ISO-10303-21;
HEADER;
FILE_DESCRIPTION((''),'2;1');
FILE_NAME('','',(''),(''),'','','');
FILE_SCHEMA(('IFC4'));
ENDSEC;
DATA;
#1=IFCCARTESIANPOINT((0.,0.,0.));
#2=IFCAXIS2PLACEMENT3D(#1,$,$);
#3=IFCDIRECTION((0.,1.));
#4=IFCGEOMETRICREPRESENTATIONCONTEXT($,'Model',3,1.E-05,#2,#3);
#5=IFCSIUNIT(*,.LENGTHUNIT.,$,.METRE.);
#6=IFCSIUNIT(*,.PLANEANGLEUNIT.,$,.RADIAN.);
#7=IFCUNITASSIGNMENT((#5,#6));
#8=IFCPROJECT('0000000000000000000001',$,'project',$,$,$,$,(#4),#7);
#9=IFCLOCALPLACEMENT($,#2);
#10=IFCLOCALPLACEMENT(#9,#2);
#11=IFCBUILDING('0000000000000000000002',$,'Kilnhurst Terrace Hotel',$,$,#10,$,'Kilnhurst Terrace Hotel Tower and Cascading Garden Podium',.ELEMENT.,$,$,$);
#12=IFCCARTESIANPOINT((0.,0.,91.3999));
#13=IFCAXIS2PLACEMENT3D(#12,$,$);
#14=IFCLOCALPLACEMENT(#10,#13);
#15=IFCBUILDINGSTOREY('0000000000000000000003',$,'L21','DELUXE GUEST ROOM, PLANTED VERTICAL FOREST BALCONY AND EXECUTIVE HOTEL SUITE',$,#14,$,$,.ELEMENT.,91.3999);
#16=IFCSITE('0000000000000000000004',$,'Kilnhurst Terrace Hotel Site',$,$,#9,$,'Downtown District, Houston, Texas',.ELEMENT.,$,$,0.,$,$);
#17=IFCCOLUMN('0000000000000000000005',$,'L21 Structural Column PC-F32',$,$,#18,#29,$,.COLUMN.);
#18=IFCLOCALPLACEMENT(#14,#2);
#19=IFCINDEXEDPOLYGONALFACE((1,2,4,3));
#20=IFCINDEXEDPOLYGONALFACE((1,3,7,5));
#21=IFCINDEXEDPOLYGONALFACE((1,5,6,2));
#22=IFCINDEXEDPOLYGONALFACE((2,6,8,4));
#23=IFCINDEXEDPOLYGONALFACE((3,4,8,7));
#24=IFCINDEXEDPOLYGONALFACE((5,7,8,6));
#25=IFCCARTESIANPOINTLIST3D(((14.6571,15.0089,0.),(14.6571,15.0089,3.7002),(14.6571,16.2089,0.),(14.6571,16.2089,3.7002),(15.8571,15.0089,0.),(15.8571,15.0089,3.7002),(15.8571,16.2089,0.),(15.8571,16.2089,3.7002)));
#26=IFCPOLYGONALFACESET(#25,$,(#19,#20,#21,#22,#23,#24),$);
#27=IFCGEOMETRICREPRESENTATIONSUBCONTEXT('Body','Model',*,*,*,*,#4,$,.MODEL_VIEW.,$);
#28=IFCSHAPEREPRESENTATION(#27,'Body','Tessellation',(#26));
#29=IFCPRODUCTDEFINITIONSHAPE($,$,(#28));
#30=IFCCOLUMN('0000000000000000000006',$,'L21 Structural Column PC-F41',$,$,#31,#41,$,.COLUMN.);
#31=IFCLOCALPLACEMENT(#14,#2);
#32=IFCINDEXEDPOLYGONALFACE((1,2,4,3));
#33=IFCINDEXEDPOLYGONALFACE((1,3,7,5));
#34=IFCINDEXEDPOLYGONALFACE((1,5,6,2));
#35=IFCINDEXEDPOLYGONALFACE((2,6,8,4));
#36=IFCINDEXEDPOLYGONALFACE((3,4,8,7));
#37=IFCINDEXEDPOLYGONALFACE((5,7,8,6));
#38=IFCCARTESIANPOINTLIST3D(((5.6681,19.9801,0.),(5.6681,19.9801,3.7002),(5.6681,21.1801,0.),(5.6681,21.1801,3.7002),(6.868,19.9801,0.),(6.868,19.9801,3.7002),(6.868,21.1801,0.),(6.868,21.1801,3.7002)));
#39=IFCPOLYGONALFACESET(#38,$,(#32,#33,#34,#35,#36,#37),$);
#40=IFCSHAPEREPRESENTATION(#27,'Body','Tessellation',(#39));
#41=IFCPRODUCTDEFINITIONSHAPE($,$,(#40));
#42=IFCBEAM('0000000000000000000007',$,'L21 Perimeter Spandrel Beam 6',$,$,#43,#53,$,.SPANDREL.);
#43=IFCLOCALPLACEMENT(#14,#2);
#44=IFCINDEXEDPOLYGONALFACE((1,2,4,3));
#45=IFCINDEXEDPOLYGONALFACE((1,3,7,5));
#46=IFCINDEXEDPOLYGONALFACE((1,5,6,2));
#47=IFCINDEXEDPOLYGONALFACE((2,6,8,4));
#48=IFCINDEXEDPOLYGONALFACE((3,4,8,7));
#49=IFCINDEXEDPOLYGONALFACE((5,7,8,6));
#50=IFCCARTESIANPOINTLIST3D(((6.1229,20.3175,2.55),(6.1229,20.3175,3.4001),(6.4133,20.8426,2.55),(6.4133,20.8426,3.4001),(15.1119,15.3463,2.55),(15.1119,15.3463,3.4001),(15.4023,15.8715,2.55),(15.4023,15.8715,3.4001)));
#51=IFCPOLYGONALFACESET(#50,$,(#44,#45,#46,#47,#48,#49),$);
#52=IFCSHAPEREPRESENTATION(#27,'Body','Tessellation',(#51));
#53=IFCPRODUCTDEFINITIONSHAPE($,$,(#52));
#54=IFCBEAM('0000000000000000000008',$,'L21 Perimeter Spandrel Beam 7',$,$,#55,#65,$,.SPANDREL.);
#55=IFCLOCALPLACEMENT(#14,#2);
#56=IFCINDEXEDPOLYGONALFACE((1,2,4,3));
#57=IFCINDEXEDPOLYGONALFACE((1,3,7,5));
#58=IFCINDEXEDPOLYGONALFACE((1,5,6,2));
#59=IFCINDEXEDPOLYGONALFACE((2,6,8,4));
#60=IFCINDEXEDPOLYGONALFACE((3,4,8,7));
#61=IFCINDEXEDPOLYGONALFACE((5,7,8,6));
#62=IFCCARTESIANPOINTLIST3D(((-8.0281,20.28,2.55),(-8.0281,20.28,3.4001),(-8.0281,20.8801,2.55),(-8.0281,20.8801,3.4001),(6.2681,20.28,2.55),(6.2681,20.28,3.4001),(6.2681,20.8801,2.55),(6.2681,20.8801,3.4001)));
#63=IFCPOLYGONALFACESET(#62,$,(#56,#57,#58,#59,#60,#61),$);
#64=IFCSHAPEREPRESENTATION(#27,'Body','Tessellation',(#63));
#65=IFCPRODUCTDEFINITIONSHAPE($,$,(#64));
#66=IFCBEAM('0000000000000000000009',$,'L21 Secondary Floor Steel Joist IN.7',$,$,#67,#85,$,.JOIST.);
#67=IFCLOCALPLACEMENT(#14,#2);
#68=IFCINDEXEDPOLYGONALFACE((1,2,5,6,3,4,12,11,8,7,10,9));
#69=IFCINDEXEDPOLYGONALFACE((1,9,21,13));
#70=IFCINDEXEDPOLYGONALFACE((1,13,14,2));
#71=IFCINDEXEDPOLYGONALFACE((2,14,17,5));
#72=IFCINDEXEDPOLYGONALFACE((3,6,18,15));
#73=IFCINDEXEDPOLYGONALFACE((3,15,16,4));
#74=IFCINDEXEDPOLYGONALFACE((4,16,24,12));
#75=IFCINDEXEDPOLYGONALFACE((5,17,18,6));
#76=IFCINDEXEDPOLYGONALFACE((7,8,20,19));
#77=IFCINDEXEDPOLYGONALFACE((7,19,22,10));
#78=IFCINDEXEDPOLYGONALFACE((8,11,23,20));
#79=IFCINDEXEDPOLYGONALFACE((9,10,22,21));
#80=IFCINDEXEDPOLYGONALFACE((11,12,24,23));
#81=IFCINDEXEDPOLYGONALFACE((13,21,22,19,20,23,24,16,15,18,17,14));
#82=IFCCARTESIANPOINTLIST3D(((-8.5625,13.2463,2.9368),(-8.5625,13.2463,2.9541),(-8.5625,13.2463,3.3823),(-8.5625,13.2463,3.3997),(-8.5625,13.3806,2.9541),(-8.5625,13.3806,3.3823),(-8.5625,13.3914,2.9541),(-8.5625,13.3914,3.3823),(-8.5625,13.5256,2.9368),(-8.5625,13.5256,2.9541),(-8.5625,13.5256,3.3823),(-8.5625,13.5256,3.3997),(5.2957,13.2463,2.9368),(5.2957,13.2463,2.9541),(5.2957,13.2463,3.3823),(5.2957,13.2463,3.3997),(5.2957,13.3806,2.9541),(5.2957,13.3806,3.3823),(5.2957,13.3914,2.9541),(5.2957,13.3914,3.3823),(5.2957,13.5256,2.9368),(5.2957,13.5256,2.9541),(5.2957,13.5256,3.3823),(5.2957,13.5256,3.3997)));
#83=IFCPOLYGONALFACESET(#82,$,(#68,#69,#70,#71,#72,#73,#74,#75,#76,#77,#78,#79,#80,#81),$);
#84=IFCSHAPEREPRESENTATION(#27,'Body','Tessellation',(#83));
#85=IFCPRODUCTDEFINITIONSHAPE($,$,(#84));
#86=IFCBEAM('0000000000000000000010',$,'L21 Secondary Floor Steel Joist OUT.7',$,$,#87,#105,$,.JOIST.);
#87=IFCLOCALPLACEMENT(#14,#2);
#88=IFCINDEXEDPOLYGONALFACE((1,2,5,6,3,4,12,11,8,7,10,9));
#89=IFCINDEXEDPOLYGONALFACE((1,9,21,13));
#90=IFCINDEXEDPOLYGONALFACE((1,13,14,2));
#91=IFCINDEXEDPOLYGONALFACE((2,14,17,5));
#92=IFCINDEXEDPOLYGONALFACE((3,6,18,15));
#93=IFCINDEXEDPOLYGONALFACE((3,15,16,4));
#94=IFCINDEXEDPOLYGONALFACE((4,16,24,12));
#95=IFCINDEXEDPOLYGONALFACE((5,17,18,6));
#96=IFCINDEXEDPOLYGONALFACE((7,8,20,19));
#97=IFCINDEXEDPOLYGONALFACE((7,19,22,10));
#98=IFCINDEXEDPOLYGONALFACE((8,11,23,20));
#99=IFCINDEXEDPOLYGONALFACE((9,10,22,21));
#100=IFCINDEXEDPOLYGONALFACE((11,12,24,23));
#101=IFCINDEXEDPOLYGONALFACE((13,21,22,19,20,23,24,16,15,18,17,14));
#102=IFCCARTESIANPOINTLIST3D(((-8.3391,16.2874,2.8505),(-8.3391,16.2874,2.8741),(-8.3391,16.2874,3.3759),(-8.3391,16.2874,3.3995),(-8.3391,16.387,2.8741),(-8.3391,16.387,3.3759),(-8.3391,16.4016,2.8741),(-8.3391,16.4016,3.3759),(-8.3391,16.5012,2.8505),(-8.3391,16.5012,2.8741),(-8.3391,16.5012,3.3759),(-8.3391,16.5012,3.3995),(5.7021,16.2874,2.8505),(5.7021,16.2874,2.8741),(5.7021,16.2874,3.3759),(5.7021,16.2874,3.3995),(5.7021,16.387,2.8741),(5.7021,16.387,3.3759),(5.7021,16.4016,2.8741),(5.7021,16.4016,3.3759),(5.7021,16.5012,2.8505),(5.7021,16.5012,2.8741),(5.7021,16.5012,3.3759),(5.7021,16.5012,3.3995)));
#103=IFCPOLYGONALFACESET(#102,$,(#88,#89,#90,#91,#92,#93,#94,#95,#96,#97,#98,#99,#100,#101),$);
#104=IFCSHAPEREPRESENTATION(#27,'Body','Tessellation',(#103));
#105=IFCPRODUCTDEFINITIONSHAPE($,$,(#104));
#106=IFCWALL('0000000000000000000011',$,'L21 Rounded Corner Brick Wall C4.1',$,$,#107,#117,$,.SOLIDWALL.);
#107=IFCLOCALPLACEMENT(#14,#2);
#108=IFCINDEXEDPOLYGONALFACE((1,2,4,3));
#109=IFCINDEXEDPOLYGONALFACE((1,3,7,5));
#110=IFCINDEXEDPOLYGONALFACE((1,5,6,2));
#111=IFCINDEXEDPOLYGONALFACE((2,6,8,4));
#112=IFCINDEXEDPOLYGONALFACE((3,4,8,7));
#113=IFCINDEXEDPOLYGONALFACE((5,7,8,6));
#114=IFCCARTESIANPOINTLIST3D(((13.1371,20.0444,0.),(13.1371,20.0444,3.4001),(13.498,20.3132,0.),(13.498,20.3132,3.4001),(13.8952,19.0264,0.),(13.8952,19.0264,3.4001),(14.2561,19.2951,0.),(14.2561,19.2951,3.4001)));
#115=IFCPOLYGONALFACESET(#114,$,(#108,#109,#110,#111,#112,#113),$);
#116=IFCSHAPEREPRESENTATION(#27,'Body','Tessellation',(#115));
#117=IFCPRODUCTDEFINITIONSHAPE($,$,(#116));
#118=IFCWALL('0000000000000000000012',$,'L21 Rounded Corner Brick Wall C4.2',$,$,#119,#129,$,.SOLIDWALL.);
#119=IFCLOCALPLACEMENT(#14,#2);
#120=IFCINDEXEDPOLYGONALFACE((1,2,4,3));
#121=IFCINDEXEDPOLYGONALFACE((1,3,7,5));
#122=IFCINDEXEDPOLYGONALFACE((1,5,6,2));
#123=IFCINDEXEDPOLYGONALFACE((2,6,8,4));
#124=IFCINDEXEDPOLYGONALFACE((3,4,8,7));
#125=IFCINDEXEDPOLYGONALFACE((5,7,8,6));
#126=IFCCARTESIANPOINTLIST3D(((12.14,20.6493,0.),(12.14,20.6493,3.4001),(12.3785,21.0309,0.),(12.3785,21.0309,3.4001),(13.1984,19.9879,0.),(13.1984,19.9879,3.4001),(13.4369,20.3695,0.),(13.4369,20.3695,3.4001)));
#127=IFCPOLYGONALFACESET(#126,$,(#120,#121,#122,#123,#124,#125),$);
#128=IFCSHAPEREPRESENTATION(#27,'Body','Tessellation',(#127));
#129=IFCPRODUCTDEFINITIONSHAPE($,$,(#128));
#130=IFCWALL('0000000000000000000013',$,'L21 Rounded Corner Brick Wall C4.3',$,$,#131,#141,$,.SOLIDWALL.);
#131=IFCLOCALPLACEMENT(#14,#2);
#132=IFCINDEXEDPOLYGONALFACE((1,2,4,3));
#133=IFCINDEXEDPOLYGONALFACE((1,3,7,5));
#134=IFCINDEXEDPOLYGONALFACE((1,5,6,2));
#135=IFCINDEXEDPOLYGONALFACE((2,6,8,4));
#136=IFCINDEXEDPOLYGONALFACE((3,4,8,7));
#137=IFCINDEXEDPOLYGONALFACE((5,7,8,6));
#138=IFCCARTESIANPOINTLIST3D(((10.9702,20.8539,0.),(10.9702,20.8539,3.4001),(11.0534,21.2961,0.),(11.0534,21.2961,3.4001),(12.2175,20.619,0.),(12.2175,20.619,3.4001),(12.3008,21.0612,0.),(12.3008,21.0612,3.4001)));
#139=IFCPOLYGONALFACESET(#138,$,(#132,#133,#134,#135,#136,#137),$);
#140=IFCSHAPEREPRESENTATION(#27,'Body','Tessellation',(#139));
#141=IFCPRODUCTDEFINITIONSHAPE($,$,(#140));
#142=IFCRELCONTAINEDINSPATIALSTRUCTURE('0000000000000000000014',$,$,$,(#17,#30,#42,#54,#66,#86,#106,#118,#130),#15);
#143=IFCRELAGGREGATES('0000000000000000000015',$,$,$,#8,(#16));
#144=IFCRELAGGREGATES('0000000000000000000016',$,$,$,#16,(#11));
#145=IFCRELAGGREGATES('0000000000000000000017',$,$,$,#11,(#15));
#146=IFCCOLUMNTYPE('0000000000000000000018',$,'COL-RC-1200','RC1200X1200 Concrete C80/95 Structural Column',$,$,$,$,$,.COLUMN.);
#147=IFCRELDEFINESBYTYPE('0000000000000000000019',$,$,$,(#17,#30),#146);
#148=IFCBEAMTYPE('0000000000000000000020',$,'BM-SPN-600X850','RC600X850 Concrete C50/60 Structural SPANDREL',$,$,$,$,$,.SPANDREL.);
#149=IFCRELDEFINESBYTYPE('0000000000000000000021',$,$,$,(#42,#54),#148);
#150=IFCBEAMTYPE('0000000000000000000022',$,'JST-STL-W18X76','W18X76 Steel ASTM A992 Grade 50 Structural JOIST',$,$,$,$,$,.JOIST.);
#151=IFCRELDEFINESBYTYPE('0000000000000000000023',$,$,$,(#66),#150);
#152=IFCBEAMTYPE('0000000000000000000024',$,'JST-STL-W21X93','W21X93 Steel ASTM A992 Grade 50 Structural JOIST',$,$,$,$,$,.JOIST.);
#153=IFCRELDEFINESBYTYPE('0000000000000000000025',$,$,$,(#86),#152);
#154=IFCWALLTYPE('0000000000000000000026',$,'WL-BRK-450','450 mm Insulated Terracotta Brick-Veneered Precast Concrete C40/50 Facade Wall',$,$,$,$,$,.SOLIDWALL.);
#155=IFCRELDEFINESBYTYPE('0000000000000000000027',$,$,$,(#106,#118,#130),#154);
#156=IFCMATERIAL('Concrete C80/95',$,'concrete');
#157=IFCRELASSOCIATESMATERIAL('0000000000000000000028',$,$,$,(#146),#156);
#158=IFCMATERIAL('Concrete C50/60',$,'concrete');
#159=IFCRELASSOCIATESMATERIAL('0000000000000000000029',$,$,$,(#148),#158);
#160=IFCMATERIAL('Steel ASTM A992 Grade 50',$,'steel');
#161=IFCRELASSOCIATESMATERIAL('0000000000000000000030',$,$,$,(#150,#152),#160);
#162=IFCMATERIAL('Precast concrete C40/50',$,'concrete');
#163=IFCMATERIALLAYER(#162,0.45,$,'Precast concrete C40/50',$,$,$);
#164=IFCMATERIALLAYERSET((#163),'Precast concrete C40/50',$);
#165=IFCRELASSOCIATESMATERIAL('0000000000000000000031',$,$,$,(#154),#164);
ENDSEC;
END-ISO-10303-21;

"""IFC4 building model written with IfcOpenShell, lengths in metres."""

from ifc_helpers import new_model, si_unit, direction, frame, frame_2d, origin, origin_2d, place, context, subcontext, project, spatial, rectangle, i_section, extrude, material, layer, layer_set, material_profile, profile_set, type_object, element, save


model = new_model("IFC4")

# Units and contexts
model_context = context("Model", 3, precision=1e-05, world=origin(), true_north=direction((0.0, 1.0)))
body_context = subcontext(model_context, "Body", "Model", "MODEL_VIEW")
ifc_project = project(units=[si_unit("LENGTHUNIT", "METRE"), si_unit("PLANEANGLEUNIT", "RADIAN")], contexts=[model_context])

# Site, building, storey
site_placement = place(None, origin())
site = spatial("IfcSite", under=ifc_project, at=site_placement, Name="Kilnhurst Terrace Hotel Site", LongName="Downtown District, Houston, Texas", CompositionType="ELEMENT", RefElevation=0.0)
building_placement = place(site_placement, origin())
building = spatial("IfcBuilding", under=site, at=building_placement, Name="Kilnhurst Terrace Hotel", LongName="Kilnhurst Terrace Hotel Tower and Cascading Garden Podium", CompositionType="ELEMENT")
storey_placement = place(building_placement, frame((0.0, 0.0, 91.3999)))
storey = spatial("IfcBuildingStorey", under=building, at=storey_placement, Name="L21", Description="DELUXE GUEST ROOM, PLANTED VERTICAL FOREST BALCONY AND EXECUTIVE HOTEL SUITE", CompositionType="ELEMENT", Elevation=91.3999)

# Columns
ifc_material_1 = material(Name="Concrete C80/95", Category="concrete")
ifc_material_profile_1 = material_profile(ifc_material_1, rectangle(XDim=1.2, YDim=1.2, at=origin_2d()), Name="RC1200X1200")
ifc_profile_set_1 = profile_set([ifc_material_profile_1], Name="Concrete C80/95")
column_type = type_object("IfcColumnType", Name="COL-RC-1200", Description="RC1200X1200 Concrete C80/95 Structural Column", PredefinedType="COLUMN", material=ifc_profile_set_1)
for number, where, z_axis, x_axis, name in (
    (1, (15.2571, 15.6089, 0.0), (0.0, 0.0, 1.0), (1.0, 0.0, 0.0), "L21 Structural Column PC-F32"),
    (2, (6.2681, 20.5801, 0.0), (0.0, 0.0, 1.0), (1.0, 0.0, 0.0), "L21 Structural Column PC-F41"),
):
    element("IfcColumn", number, at=place(storey_placement, frame(where, z_axis=z_axis, x_axis=x_axis)), inside=storey, type_object=column_type, Name=name, PredefinedType="COLUMN", context=body_context, shape_type="SweptSolid", body=[
        extrude(rectangle(XDim=1.2, YDim=1.2, at=origin_2d()), origin(), (0.0, 0.0, 1.0), 3.7002),
    ])

# Beams
ifc_material_2 = material(Name="Concrete C50/60", Category="concrete")
ifc_material_profile_2 = material_profile(ifc_material_2, rectangle(XDim=0.6001, YDim=0.8501, at=origin_2d()), Name="RC600X850")
ifc_profile_set_2 = profile_set([ifc_material_profile_2], Name="Concrete C50/60")
beam_type_1 = type_object("IfcBeamType", Name="BM-SPN-600X850", Description="RC600X850 Concrete C50/60 Structural SPANDREL", PredefinedType="SPANDREL", material=ifc_profile_set_2)
beam_1_placement = place(storey_placement, frame((15.2571, 15.6089, 2.9751), z_axis=(-0.875094, 0.483953, 0.0), x_axis=(-0.483953, -0.875094, 0.0)))
element("IfcBeam", 3, at=beam_1_placement, inside=storey, type_object=beam_type_1, Name="L21 Perimeter Spandrel Beam 6", PredefinedType="SPANDREL", context=body_context, shape_type="SweptSolid", body=[
    extrude(rectangle(XDim=0.6001, YDim=0.8501, at=origin_2d()), origin(), (0.0, 0.0, 1.0), 10.272),
])
beam_2_placement = place(storey_placement, frame((6.2681, 20.5801, 2.9751), z_axis=(-1.0, 0.0, 0.0), x_axis=(0.0, -1.0, 0.0)))
element("IfcBeam", 4, at=beam_2_placement, inside=storey, type_object=beam_type_1, Name="L21 Perimeter Spandrel Beam 7", PredefinedType="SPANDREL", context=body_context, shape_type="SweptSolid", body=[
    extrude(rectangle(XDim=0.6001, YDim=0.8501, at=origin_2d()), origin(), (0.0, 0.0, 1.0), 14.2961),
])
ifc_material_3 = material(Name="Steel ASTM A992 Grade 50", Category="steel")
ifc_material_profile_3 = material_profile(ifc_material_3, i_section(OverallWidth=0.2793, OverallDepth=0.4629, WebThickness=0.0107, FlangeThickness=0.0173, at=origin_2d()), Name="W18X76")
ifc_profile_set_3 = profile_set([ifc_material_profile_3], Name="Steel ASTM A992 Grade 50")
beam_type_2 = type_object("IfcBeamType", Name="JST-STL-W18X76", Description="W18X76 Steel ASTM A992 Grade 50 Structural JOIST", PredefinedType="JOIST", material=ifc_profile_set_3)
beam_3_placement = place(storey_placement, frame((5.2957, 13.386, 3.1682), z_axis=(-1.0, 0.0, 0.0), x_axis=(0.0, -1.0, 0.0)))
element("IfcBeam", 5, at=beam_3_placement, inside=storey, type_object=beam_type_2, Name="L21 Secondary Floor Steel Joist IN.7", PredefinedType="JOIST", context=body_context, shape_type="SweptSolid", body=[
    extrude(i_section(OverallWidth=0.2793, OverallDepth=0.4629, WebThickness=0.0107, FlangeThickness=0.0173, at=origin_2d()), origin(), (0.0, 0.0, 1.0), 13.8582),
])
ifc_material_profile_4 = material_profile(ifc_material_3, i_section(OverallWidth=0.2139, OverallDepth=0.5491, WebThickness=0.0146, FlangeThickness=0.0237, at=origin_2d()), Name="W21X93")
ifc_profile_set_4 = profile_set([ifc_material_profile_4], Name="Steel ASTM A992 Grade 50")
beam_type_3 = type_object("IfcBeamType", Name="JST-STL-W21X93", Description="W21X93 Steel ASTM A992 Grade 50 Structural JOIST", PredefinedType="JOIST", material=ifc_profile_set_4)
beam_4_placement = place(storey_placement, frame((5.7021, 16.3943, 3.125), z_axis=(-1.0, 0.0, 0.0), x_axis=(0.0, -1.0, 0.0)))
element("IfcBeam", 6, at=beam_4_placement, inside=storey, type_object=beam_type_3, Name="L21 Secondary Floor Steel Joist OUT.7", PredefinedType="JOIST", context=body_context, shape_type="SweptSolid", body=[
    extrude(i_section(OverallWidth=0.2139, OverallDepth=0.5491, WebThickness=0.0146, FlangeThickness=0.0237, at=origin_2d()), origin(), (0.0, 0.0, 1.0), 14.0413),
])

# Walls
ifc_material_4 = material(Name="Precast concrete C40/50", Category="concrete")
ifc_layer_1 = layer(ifc_material_4, 0.45, Name="Precast concrete C40/50")
ifc_layer_set_1 = layer_set([ifc_layer_1], Name="Precast concrete C40/50")
wall_type_1 = type_object("IfcWallType", Name="WL-BRK-450", Description="450 mm Insulated Terracotta Brick-Veneered Precast Concrete C40/50 Facade Wall", PredefinedType="SOLIDWALL", material=ifc_layer_set_1)
wall_1_placement = place(storey_placement, frame((14.0757, 19.1606, 0.0), z_axis=(0.0, 0.0, 1.0), x_axis=(-0.597227, 0.802073, 0.0)))
element("IfcWall", 7, at=wall_1_placement, inside=storey, type_object=wall_type_1, Name="L21 Rounded Corner Brick Wall C4.1", PredefinedType="SOLIDWALL", context=body_context, shape_type="SweptSolid", body=[
    extrude(rectangle(XDim=1.2693, YDim=0.45, at=frame_2d((0.6348, 0.0))), origin(), (0.0, 0.0, 1.0), 3.4001),
])
wall_2_placement = place(storey_placement, frame((13.3176, 20.1787, 0.0), z_axis=(0.0, 0.0, 1.0), x_axis=(-0.848031, 0.529946, 0.0)))
element("IfcWall", 8, at=wall_2_placement, inside=storey, type_object=wall_type_1, Name="L21 Rounded Corner Brick Wall C4.2", PredefinedType="SOLIDWALL", context=body_context, shape_type="SweptSolid", body=[
    extrude(rectangle(XDim=1.248, YDim=0.45, at=frame_2d((0.624, 0.0))), origin(), (0.0, 0.0, 1.0), 3.4001),
])
wall_3_placement = place(storey_placement, frame((12.2593, 20.8401, 0.0), z_axis=(0.0, 0.0, 1.0), x_axis=(-0.98273, 0.185043, 0.0)))
element("IfcWall", 9, at=wall_3_placement, inside=storey, type_object=wall_type_1, Name="L21 Rounded Corner Brick Wall C4.3", PredefinedType="SOLIDWALL", context=body_context, shape_type="SweptSolid", body=[
    extrude(rectangle(XDim=1.2693, YDim=0.45, at=frame_2d((0.6348, 0.0))), origin(), (0.0, 0.0, 1.0), 3.4001),
])

save(model, "model.ifc")
